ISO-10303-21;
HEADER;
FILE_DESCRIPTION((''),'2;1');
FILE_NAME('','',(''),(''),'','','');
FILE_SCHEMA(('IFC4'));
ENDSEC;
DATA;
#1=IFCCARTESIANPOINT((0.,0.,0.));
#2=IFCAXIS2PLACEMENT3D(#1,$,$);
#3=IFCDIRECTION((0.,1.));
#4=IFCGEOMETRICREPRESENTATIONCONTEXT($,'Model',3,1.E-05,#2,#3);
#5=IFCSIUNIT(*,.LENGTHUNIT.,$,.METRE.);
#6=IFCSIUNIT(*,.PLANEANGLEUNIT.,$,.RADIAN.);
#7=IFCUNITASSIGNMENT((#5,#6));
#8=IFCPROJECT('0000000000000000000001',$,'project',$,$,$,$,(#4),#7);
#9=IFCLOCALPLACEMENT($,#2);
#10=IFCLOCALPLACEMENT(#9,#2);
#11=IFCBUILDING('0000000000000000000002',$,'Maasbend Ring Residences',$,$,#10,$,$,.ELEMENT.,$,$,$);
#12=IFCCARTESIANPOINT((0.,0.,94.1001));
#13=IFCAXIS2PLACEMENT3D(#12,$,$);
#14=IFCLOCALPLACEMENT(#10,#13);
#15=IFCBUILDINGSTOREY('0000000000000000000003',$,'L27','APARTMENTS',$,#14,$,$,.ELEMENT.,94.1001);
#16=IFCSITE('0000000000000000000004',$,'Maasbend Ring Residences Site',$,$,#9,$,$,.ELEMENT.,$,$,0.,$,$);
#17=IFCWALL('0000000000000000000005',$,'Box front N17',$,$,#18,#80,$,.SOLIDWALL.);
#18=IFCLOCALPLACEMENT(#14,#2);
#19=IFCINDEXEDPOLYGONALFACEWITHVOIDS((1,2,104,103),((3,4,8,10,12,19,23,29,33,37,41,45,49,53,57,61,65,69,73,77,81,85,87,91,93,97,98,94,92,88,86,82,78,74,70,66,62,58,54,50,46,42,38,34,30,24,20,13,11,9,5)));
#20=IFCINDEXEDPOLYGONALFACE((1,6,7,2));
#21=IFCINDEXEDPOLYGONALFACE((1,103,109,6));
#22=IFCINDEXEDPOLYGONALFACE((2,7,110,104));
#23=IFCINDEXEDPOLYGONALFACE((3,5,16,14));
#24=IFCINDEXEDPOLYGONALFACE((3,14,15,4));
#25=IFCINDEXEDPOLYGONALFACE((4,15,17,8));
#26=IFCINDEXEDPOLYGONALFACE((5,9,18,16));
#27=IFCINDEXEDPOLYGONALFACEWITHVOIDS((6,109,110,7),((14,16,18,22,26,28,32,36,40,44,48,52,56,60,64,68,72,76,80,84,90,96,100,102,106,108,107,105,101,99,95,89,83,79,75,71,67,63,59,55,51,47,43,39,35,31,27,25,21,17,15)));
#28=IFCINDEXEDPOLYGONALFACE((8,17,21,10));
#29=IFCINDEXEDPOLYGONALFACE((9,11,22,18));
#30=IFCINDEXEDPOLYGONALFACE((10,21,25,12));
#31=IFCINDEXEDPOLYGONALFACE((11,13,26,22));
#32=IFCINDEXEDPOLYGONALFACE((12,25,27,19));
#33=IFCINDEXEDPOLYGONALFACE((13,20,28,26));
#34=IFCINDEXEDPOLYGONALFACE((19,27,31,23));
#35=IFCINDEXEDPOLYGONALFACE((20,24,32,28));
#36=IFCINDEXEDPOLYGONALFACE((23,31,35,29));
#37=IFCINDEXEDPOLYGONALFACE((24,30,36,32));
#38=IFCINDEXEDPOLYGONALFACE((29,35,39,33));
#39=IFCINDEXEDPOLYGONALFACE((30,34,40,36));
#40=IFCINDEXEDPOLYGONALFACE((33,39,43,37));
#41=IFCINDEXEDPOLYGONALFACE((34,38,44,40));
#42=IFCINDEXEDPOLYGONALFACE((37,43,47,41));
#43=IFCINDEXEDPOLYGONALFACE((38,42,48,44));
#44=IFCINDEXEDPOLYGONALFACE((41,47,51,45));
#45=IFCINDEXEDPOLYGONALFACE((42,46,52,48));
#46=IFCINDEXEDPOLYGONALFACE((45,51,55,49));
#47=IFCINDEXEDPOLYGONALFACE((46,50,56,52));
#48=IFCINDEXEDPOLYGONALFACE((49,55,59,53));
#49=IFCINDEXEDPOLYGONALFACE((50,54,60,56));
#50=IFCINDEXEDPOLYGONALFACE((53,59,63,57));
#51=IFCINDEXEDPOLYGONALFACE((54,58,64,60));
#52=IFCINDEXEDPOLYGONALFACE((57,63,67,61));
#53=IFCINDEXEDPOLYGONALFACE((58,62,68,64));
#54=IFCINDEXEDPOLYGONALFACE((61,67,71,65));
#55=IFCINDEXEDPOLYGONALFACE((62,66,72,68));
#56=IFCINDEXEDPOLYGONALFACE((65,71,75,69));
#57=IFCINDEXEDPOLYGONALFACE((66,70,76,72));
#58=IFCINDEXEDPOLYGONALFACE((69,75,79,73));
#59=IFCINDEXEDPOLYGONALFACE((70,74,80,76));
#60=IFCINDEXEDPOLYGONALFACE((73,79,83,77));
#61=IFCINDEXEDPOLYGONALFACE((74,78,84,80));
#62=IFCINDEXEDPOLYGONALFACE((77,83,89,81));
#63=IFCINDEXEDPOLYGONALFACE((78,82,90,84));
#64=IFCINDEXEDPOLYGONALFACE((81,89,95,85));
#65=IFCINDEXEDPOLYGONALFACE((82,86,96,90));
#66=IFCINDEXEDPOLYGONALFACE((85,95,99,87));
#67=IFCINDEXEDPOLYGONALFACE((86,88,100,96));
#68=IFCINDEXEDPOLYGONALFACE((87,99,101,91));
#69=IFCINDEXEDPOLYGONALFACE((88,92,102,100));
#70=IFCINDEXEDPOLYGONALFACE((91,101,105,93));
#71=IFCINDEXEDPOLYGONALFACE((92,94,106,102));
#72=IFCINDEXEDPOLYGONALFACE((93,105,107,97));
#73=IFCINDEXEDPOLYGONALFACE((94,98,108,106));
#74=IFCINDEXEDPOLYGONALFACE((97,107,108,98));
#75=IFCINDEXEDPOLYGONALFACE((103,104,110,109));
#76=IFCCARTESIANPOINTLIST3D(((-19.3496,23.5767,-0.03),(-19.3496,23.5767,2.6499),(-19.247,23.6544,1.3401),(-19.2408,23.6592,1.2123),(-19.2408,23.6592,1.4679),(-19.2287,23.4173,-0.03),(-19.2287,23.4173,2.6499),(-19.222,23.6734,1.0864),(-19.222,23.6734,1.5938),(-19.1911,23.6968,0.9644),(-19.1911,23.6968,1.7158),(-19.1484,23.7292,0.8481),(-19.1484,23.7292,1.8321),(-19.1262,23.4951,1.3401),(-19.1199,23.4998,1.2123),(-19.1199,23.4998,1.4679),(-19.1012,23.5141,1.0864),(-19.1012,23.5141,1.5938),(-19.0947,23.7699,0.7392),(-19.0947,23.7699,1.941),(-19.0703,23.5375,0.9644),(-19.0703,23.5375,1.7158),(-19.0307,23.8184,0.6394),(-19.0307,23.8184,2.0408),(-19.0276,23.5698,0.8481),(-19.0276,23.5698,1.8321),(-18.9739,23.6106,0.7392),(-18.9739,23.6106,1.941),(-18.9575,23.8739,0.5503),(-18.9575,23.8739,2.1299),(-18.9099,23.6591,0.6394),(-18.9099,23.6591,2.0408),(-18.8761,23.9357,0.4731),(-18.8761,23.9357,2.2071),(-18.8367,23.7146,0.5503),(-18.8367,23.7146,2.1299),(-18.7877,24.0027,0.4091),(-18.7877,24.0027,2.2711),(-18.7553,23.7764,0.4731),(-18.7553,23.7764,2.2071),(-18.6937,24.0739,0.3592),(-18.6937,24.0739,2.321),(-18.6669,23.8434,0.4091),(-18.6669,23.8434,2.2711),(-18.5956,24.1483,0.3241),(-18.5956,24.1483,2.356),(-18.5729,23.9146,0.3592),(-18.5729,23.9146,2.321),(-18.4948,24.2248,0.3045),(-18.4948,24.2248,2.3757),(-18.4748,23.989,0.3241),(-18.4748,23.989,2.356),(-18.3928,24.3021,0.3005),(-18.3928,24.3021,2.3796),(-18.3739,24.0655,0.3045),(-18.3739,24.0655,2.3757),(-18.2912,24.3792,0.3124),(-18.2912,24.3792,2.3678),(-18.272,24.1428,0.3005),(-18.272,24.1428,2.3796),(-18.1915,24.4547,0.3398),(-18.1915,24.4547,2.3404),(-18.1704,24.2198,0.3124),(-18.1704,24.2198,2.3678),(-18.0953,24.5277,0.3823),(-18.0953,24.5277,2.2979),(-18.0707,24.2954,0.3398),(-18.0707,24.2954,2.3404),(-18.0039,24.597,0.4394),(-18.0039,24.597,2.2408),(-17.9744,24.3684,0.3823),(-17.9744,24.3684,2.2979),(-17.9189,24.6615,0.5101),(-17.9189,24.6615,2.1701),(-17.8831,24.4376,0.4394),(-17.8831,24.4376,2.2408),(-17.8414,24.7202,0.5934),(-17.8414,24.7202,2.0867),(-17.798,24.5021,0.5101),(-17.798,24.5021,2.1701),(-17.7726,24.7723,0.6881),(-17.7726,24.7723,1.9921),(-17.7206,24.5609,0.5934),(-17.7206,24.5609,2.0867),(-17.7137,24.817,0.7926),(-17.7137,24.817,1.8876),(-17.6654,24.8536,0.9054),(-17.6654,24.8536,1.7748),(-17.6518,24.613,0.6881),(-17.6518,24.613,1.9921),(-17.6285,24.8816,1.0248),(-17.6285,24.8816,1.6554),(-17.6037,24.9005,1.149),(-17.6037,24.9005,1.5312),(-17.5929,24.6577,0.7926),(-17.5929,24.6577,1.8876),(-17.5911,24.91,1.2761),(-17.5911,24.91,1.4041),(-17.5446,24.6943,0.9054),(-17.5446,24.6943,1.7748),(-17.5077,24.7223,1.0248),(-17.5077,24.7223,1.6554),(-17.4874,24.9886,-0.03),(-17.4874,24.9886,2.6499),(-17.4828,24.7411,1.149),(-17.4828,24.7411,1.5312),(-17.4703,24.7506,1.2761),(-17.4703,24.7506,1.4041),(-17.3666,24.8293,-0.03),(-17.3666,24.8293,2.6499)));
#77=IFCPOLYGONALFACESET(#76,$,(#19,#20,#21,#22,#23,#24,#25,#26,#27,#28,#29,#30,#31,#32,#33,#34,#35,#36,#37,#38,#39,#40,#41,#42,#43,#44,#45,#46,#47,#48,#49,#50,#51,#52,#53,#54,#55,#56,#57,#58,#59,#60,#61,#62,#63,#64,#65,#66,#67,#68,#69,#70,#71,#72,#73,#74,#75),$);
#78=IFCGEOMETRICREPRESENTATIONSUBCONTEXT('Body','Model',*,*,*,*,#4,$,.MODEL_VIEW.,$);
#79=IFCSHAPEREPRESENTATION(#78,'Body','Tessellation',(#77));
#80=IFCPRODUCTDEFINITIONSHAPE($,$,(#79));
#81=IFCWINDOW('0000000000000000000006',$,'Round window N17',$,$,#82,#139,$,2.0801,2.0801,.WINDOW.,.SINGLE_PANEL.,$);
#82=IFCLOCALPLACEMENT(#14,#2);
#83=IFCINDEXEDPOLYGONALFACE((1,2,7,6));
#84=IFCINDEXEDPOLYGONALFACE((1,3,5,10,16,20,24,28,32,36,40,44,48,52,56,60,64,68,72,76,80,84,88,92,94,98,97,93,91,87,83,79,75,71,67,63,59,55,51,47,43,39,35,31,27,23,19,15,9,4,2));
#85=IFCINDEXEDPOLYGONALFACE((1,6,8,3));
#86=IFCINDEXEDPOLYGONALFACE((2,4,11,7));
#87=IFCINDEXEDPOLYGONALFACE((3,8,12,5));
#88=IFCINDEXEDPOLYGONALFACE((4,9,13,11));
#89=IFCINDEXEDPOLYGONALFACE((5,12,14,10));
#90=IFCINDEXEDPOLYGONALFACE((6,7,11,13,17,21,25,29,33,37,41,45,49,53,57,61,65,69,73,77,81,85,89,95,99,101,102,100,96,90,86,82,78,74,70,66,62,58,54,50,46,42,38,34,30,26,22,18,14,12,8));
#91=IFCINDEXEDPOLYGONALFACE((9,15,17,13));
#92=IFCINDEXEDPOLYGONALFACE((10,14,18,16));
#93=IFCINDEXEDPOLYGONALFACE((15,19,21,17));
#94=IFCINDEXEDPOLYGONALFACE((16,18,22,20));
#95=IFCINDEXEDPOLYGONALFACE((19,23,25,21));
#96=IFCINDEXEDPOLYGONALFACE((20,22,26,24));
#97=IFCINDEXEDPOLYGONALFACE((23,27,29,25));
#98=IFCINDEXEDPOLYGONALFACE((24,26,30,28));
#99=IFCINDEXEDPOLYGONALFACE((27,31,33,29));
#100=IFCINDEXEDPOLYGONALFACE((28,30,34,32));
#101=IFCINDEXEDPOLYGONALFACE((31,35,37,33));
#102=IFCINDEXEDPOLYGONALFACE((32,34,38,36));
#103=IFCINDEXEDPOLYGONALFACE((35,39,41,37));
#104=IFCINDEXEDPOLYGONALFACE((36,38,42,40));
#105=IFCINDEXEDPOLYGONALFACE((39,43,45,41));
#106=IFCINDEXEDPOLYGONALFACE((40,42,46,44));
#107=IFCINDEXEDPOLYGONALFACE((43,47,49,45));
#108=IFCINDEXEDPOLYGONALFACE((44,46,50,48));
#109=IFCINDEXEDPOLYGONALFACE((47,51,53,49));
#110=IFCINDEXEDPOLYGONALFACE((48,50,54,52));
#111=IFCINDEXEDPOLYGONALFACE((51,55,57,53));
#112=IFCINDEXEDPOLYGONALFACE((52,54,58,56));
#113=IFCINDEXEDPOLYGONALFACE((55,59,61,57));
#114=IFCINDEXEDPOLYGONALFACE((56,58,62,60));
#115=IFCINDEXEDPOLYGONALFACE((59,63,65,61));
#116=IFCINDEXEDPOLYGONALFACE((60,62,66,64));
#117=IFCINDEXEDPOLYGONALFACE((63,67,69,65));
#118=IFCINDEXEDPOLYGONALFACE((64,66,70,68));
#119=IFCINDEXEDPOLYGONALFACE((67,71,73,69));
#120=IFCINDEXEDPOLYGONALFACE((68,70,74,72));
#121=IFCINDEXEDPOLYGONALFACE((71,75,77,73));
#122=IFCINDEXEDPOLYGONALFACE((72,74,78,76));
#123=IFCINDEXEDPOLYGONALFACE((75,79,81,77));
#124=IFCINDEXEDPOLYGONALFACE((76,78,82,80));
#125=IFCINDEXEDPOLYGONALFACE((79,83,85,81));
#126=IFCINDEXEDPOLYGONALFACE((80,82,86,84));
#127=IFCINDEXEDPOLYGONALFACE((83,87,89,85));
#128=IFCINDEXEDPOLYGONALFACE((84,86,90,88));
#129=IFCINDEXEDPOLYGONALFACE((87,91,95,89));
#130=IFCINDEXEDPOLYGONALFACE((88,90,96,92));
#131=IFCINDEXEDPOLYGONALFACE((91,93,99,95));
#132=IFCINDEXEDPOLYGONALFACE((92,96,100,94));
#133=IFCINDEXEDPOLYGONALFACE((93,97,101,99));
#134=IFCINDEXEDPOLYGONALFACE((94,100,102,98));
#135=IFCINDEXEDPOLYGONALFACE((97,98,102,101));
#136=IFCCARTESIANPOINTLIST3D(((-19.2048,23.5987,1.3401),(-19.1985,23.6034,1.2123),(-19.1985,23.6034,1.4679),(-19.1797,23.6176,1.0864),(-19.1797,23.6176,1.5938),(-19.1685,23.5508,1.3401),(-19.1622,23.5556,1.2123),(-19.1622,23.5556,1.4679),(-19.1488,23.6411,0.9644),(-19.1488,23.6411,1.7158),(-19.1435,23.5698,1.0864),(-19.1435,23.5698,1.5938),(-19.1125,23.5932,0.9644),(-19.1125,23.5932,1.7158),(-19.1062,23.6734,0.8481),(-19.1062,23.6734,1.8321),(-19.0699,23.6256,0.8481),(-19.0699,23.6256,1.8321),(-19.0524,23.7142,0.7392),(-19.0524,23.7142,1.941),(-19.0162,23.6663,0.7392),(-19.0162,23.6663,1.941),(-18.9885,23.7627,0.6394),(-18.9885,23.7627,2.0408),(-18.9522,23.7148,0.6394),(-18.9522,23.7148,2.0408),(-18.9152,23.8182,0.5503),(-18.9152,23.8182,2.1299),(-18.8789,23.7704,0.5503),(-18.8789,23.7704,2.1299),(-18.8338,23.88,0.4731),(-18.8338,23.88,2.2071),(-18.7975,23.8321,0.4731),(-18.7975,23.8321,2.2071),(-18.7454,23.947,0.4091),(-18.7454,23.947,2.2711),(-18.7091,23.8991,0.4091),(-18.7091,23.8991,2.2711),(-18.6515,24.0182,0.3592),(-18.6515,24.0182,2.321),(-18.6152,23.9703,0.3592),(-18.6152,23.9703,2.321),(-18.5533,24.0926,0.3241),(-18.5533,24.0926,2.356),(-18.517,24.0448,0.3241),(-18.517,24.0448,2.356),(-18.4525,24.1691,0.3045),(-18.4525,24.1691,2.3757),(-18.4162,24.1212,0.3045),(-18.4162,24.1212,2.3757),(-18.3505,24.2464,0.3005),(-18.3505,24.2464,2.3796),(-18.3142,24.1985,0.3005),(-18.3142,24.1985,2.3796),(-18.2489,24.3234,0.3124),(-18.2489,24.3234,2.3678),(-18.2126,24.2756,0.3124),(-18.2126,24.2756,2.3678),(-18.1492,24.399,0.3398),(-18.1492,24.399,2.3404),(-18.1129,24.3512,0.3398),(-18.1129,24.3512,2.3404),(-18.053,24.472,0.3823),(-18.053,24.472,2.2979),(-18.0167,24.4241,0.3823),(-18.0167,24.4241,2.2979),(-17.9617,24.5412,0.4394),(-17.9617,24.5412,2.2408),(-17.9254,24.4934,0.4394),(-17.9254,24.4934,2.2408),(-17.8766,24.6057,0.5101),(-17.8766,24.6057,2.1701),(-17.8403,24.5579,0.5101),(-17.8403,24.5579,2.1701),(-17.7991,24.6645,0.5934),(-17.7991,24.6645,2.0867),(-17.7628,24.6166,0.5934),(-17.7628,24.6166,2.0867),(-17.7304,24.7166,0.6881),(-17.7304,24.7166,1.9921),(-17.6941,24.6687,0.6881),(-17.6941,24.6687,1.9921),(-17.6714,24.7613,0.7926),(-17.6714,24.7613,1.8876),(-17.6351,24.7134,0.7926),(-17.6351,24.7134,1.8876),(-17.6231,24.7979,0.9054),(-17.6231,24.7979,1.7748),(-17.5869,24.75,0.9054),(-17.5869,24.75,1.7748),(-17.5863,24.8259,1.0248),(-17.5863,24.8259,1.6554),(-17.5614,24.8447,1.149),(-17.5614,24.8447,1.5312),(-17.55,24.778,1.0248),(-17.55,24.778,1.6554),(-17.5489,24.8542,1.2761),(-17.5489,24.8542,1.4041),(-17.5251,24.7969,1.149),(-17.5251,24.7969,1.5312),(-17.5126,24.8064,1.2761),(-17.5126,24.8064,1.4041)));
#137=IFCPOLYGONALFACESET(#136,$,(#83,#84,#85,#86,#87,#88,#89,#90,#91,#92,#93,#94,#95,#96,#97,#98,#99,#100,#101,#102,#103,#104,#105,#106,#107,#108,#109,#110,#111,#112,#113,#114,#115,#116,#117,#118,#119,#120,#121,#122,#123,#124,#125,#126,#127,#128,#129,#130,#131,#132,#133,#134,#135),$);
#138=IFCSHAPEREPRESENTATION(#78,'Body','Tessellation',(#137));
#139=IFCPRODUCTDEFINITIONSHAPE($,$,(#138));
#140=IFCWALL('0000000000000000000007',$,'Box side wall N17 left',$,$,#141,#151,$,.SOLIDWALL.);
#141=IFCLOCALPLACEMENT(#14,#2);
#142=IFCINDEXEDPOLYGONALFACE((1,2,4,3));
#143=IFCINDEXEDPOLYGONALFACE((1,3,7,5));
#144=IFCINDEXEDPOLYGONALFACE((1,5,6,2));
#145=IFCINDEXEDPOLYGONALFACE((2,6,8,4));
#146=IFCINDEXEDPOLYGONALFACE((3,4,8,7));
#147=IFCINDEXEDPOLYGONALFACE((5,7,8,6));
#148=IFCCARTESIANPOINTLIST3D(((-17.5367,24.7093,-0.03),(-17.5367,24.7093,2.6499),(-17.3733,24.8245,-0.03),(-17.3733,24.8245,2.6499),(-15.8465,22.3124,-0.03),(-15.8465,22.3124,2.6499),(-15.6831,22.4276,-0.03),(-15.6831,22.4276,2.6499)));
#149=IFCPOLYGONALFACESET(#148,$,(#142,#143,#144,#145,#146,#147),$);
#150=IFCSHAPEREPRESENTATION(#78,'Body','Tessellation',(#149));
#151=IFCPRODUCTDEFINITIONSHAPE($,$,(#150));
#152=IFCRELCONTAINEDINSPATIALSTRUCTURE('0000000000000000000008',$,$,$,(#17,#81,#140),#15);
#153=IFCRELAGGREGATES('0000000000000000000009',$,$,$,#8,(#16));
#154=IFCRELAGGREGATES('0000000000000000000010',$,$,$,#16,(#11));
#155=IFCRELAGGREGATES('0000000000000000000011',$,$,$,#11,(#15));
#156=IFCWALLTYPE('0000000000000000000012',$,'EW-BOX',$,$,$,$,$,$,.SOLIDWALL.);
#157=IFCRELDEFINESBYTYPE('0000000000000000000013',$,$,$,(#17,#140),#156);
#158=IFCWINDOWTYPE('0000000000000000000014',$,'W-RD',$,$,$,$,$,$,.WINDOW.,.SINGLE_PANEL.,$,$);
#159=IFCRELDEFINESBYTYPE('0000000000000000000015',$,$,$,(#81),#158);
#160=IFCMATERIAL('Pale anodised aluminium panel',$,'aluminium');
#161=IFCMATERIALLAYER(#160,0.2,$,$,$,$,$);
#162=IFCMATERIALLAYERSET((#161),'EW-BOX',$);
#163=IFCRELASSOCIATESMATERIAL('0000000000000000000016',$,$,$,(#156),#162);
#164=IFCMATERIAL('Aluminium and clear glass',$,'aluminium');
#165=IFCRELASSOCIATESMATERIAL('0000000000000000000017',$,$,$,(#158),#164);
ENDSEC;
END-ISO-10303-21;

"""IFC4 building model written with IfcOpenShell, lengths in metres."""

from ifc_helpers import new_model, si_unit, direction, frame, frame_2d, origin, place, context, subcontext, project, spatial, rectangle, circle, extrude, material, layer, layer_set, type_object, element, fill, save


model = new_model("IFC4")

# Units and contexts
model_context = context("Model", 3, precision=1e-05, world=origin(), true_north=direction((0.0, 1.0)))
body_context = subcontext(model_context, "Body", "Model", "MODEL_VIEW")
ifc_project = project(units=[si_unit("LENGTHUNIT", "METRE"), si_unit("PLANEANGLEUNIT", "RADIAN")], contexts=[model_context])

# Site, building, storey
site_placement = place(None, origin())
site = spatial("IfcSite", under=ifc_project, at=site_placement, Name="Maasbend Ring Residences Site", CompositionType="ELEMENT", RefElevation=0.0)
building_placement = place(site_placement, origin())
building = spatial("IfcBuilding", under=site, at=building_placement, Name="Maasbend Ring Residences", CompositionType="ELEMENT")
storey_placement = place(building_placement, frame((0.0, 0.0, 94.1001)))
storey = spatial("IfcBuildingStorey", under=building, at=storey_placement, Name="L27", Description="APARTMENTS", CompositionType="ELEMENT", Elevation=94.1001)

# Shared definitions
ifc_material_1 = material(Name="Pale anodised aluminium panel", Category="aluminium")
ifc_layer_1 = layer(ifc_material_1, 0.2)
ifc_layer_set_1 = layer_set([ifc_layer_1], Name="EW-BOX")
wall_type_1 = type_object("IfcWallType", Name="EW-BOX", PredefinedType="SOLIDWALL", material=ifc_layer_set_1)
ifc_material_2 = material(Name="Aluminium and clear glass", Category="aluminium")
window_type_1 = type_object("IfcWindowType", Name="W-RD", PartitioningType="SINGLE_PANEL", PredefinedType="WINDOW", material=ifc_material_2)

# Wall, opening, window
wall_1_placement = place(storey_placement, frame((-17.427, 24.9089, -0.03), z_axis=(0.0, 0.0, 1.0), x_axis=(-0.796842, -0.604188, 0.0)))
wall_1 = element("IfcWall", 1, at=wall_1_placement, inside=storey, type_object=wall_type_1, Name="Box front N17", PredefinedType="SOLIDWALL", context=body_context, shape_type="SweptSolid", body=[
    extrude(rectangle(XDim=2.3369, YDim=0.2, at=frame_2d((1.1685, 0.0))), origin(), (0.0, 0.0, 1.0), 2.6799),
])
opening_1_placement = place(wall_1_placement, frame((0.1282, 0.0, 0.3301)))
opening_1 = element("IfcOpeningElement", 2, at=opening_1_placement, cuts=wall_1, PredefinedType="OPENING", context=body_context, shape_type="SweptSolid", body=[
    extrude(circle(Radius=1.04, at=frame_2d((1.04, 1.04))), frame((0.0, 0.1099, 0.0), z_axis=(0.0, -1.0, 0.0), x_axis=(1.0, 0.0, 0.0)), (0.0, 0.0, 1.0), 0.22),
])
window_1_placement = place(opening_1_placement, origin())
window_1 = element("IfcWindow", 3, at=window_1_placement, inside=storey, type_object=window_type_1, Name="Round window N17", OverallHeight=2.0801, OverallWidth=2.0801, PartitioningType="SINGLE_PANEL", PredefinedType="WINDOW", context=body_context, shape_type="SweptSolid", body=[
    extrude(circle(Radius=1.04, at=frame_2d((1.04, 1.04))), frame((0.0, 0.03, 0.0), z_axis=(0.0, -1.0, 0.0), x_axis=(1.0, 0.0, 0.0)), (0.0, 0.0, 1.0), 0.0601),
])
fill(opening_1, window_1)

# Wall
wall_2_placement = place(storey_placement, frame((-15.7649, 22.3701, -0.03), z_axis=(0.0, 0.0, 1.0), x_axis=(-0.576275, 0.817256, 0.0)))
element("IfcWall", 4, at=wall_2_placement, inside=storey, type_object=wall_type_1, Name="Box side wall N17 left", PredefinedType="SOLIDWALL", context=body_context, shape_type="SweptSolid", body=[
    extrude(rectangle(XDim=2.9329, YDim=0.2, at=frame_2d((1.4663, 0.0))), origin(), (0.0, 0.0, 1.0), 2.6799),
])

save(model, "model.ifc")
